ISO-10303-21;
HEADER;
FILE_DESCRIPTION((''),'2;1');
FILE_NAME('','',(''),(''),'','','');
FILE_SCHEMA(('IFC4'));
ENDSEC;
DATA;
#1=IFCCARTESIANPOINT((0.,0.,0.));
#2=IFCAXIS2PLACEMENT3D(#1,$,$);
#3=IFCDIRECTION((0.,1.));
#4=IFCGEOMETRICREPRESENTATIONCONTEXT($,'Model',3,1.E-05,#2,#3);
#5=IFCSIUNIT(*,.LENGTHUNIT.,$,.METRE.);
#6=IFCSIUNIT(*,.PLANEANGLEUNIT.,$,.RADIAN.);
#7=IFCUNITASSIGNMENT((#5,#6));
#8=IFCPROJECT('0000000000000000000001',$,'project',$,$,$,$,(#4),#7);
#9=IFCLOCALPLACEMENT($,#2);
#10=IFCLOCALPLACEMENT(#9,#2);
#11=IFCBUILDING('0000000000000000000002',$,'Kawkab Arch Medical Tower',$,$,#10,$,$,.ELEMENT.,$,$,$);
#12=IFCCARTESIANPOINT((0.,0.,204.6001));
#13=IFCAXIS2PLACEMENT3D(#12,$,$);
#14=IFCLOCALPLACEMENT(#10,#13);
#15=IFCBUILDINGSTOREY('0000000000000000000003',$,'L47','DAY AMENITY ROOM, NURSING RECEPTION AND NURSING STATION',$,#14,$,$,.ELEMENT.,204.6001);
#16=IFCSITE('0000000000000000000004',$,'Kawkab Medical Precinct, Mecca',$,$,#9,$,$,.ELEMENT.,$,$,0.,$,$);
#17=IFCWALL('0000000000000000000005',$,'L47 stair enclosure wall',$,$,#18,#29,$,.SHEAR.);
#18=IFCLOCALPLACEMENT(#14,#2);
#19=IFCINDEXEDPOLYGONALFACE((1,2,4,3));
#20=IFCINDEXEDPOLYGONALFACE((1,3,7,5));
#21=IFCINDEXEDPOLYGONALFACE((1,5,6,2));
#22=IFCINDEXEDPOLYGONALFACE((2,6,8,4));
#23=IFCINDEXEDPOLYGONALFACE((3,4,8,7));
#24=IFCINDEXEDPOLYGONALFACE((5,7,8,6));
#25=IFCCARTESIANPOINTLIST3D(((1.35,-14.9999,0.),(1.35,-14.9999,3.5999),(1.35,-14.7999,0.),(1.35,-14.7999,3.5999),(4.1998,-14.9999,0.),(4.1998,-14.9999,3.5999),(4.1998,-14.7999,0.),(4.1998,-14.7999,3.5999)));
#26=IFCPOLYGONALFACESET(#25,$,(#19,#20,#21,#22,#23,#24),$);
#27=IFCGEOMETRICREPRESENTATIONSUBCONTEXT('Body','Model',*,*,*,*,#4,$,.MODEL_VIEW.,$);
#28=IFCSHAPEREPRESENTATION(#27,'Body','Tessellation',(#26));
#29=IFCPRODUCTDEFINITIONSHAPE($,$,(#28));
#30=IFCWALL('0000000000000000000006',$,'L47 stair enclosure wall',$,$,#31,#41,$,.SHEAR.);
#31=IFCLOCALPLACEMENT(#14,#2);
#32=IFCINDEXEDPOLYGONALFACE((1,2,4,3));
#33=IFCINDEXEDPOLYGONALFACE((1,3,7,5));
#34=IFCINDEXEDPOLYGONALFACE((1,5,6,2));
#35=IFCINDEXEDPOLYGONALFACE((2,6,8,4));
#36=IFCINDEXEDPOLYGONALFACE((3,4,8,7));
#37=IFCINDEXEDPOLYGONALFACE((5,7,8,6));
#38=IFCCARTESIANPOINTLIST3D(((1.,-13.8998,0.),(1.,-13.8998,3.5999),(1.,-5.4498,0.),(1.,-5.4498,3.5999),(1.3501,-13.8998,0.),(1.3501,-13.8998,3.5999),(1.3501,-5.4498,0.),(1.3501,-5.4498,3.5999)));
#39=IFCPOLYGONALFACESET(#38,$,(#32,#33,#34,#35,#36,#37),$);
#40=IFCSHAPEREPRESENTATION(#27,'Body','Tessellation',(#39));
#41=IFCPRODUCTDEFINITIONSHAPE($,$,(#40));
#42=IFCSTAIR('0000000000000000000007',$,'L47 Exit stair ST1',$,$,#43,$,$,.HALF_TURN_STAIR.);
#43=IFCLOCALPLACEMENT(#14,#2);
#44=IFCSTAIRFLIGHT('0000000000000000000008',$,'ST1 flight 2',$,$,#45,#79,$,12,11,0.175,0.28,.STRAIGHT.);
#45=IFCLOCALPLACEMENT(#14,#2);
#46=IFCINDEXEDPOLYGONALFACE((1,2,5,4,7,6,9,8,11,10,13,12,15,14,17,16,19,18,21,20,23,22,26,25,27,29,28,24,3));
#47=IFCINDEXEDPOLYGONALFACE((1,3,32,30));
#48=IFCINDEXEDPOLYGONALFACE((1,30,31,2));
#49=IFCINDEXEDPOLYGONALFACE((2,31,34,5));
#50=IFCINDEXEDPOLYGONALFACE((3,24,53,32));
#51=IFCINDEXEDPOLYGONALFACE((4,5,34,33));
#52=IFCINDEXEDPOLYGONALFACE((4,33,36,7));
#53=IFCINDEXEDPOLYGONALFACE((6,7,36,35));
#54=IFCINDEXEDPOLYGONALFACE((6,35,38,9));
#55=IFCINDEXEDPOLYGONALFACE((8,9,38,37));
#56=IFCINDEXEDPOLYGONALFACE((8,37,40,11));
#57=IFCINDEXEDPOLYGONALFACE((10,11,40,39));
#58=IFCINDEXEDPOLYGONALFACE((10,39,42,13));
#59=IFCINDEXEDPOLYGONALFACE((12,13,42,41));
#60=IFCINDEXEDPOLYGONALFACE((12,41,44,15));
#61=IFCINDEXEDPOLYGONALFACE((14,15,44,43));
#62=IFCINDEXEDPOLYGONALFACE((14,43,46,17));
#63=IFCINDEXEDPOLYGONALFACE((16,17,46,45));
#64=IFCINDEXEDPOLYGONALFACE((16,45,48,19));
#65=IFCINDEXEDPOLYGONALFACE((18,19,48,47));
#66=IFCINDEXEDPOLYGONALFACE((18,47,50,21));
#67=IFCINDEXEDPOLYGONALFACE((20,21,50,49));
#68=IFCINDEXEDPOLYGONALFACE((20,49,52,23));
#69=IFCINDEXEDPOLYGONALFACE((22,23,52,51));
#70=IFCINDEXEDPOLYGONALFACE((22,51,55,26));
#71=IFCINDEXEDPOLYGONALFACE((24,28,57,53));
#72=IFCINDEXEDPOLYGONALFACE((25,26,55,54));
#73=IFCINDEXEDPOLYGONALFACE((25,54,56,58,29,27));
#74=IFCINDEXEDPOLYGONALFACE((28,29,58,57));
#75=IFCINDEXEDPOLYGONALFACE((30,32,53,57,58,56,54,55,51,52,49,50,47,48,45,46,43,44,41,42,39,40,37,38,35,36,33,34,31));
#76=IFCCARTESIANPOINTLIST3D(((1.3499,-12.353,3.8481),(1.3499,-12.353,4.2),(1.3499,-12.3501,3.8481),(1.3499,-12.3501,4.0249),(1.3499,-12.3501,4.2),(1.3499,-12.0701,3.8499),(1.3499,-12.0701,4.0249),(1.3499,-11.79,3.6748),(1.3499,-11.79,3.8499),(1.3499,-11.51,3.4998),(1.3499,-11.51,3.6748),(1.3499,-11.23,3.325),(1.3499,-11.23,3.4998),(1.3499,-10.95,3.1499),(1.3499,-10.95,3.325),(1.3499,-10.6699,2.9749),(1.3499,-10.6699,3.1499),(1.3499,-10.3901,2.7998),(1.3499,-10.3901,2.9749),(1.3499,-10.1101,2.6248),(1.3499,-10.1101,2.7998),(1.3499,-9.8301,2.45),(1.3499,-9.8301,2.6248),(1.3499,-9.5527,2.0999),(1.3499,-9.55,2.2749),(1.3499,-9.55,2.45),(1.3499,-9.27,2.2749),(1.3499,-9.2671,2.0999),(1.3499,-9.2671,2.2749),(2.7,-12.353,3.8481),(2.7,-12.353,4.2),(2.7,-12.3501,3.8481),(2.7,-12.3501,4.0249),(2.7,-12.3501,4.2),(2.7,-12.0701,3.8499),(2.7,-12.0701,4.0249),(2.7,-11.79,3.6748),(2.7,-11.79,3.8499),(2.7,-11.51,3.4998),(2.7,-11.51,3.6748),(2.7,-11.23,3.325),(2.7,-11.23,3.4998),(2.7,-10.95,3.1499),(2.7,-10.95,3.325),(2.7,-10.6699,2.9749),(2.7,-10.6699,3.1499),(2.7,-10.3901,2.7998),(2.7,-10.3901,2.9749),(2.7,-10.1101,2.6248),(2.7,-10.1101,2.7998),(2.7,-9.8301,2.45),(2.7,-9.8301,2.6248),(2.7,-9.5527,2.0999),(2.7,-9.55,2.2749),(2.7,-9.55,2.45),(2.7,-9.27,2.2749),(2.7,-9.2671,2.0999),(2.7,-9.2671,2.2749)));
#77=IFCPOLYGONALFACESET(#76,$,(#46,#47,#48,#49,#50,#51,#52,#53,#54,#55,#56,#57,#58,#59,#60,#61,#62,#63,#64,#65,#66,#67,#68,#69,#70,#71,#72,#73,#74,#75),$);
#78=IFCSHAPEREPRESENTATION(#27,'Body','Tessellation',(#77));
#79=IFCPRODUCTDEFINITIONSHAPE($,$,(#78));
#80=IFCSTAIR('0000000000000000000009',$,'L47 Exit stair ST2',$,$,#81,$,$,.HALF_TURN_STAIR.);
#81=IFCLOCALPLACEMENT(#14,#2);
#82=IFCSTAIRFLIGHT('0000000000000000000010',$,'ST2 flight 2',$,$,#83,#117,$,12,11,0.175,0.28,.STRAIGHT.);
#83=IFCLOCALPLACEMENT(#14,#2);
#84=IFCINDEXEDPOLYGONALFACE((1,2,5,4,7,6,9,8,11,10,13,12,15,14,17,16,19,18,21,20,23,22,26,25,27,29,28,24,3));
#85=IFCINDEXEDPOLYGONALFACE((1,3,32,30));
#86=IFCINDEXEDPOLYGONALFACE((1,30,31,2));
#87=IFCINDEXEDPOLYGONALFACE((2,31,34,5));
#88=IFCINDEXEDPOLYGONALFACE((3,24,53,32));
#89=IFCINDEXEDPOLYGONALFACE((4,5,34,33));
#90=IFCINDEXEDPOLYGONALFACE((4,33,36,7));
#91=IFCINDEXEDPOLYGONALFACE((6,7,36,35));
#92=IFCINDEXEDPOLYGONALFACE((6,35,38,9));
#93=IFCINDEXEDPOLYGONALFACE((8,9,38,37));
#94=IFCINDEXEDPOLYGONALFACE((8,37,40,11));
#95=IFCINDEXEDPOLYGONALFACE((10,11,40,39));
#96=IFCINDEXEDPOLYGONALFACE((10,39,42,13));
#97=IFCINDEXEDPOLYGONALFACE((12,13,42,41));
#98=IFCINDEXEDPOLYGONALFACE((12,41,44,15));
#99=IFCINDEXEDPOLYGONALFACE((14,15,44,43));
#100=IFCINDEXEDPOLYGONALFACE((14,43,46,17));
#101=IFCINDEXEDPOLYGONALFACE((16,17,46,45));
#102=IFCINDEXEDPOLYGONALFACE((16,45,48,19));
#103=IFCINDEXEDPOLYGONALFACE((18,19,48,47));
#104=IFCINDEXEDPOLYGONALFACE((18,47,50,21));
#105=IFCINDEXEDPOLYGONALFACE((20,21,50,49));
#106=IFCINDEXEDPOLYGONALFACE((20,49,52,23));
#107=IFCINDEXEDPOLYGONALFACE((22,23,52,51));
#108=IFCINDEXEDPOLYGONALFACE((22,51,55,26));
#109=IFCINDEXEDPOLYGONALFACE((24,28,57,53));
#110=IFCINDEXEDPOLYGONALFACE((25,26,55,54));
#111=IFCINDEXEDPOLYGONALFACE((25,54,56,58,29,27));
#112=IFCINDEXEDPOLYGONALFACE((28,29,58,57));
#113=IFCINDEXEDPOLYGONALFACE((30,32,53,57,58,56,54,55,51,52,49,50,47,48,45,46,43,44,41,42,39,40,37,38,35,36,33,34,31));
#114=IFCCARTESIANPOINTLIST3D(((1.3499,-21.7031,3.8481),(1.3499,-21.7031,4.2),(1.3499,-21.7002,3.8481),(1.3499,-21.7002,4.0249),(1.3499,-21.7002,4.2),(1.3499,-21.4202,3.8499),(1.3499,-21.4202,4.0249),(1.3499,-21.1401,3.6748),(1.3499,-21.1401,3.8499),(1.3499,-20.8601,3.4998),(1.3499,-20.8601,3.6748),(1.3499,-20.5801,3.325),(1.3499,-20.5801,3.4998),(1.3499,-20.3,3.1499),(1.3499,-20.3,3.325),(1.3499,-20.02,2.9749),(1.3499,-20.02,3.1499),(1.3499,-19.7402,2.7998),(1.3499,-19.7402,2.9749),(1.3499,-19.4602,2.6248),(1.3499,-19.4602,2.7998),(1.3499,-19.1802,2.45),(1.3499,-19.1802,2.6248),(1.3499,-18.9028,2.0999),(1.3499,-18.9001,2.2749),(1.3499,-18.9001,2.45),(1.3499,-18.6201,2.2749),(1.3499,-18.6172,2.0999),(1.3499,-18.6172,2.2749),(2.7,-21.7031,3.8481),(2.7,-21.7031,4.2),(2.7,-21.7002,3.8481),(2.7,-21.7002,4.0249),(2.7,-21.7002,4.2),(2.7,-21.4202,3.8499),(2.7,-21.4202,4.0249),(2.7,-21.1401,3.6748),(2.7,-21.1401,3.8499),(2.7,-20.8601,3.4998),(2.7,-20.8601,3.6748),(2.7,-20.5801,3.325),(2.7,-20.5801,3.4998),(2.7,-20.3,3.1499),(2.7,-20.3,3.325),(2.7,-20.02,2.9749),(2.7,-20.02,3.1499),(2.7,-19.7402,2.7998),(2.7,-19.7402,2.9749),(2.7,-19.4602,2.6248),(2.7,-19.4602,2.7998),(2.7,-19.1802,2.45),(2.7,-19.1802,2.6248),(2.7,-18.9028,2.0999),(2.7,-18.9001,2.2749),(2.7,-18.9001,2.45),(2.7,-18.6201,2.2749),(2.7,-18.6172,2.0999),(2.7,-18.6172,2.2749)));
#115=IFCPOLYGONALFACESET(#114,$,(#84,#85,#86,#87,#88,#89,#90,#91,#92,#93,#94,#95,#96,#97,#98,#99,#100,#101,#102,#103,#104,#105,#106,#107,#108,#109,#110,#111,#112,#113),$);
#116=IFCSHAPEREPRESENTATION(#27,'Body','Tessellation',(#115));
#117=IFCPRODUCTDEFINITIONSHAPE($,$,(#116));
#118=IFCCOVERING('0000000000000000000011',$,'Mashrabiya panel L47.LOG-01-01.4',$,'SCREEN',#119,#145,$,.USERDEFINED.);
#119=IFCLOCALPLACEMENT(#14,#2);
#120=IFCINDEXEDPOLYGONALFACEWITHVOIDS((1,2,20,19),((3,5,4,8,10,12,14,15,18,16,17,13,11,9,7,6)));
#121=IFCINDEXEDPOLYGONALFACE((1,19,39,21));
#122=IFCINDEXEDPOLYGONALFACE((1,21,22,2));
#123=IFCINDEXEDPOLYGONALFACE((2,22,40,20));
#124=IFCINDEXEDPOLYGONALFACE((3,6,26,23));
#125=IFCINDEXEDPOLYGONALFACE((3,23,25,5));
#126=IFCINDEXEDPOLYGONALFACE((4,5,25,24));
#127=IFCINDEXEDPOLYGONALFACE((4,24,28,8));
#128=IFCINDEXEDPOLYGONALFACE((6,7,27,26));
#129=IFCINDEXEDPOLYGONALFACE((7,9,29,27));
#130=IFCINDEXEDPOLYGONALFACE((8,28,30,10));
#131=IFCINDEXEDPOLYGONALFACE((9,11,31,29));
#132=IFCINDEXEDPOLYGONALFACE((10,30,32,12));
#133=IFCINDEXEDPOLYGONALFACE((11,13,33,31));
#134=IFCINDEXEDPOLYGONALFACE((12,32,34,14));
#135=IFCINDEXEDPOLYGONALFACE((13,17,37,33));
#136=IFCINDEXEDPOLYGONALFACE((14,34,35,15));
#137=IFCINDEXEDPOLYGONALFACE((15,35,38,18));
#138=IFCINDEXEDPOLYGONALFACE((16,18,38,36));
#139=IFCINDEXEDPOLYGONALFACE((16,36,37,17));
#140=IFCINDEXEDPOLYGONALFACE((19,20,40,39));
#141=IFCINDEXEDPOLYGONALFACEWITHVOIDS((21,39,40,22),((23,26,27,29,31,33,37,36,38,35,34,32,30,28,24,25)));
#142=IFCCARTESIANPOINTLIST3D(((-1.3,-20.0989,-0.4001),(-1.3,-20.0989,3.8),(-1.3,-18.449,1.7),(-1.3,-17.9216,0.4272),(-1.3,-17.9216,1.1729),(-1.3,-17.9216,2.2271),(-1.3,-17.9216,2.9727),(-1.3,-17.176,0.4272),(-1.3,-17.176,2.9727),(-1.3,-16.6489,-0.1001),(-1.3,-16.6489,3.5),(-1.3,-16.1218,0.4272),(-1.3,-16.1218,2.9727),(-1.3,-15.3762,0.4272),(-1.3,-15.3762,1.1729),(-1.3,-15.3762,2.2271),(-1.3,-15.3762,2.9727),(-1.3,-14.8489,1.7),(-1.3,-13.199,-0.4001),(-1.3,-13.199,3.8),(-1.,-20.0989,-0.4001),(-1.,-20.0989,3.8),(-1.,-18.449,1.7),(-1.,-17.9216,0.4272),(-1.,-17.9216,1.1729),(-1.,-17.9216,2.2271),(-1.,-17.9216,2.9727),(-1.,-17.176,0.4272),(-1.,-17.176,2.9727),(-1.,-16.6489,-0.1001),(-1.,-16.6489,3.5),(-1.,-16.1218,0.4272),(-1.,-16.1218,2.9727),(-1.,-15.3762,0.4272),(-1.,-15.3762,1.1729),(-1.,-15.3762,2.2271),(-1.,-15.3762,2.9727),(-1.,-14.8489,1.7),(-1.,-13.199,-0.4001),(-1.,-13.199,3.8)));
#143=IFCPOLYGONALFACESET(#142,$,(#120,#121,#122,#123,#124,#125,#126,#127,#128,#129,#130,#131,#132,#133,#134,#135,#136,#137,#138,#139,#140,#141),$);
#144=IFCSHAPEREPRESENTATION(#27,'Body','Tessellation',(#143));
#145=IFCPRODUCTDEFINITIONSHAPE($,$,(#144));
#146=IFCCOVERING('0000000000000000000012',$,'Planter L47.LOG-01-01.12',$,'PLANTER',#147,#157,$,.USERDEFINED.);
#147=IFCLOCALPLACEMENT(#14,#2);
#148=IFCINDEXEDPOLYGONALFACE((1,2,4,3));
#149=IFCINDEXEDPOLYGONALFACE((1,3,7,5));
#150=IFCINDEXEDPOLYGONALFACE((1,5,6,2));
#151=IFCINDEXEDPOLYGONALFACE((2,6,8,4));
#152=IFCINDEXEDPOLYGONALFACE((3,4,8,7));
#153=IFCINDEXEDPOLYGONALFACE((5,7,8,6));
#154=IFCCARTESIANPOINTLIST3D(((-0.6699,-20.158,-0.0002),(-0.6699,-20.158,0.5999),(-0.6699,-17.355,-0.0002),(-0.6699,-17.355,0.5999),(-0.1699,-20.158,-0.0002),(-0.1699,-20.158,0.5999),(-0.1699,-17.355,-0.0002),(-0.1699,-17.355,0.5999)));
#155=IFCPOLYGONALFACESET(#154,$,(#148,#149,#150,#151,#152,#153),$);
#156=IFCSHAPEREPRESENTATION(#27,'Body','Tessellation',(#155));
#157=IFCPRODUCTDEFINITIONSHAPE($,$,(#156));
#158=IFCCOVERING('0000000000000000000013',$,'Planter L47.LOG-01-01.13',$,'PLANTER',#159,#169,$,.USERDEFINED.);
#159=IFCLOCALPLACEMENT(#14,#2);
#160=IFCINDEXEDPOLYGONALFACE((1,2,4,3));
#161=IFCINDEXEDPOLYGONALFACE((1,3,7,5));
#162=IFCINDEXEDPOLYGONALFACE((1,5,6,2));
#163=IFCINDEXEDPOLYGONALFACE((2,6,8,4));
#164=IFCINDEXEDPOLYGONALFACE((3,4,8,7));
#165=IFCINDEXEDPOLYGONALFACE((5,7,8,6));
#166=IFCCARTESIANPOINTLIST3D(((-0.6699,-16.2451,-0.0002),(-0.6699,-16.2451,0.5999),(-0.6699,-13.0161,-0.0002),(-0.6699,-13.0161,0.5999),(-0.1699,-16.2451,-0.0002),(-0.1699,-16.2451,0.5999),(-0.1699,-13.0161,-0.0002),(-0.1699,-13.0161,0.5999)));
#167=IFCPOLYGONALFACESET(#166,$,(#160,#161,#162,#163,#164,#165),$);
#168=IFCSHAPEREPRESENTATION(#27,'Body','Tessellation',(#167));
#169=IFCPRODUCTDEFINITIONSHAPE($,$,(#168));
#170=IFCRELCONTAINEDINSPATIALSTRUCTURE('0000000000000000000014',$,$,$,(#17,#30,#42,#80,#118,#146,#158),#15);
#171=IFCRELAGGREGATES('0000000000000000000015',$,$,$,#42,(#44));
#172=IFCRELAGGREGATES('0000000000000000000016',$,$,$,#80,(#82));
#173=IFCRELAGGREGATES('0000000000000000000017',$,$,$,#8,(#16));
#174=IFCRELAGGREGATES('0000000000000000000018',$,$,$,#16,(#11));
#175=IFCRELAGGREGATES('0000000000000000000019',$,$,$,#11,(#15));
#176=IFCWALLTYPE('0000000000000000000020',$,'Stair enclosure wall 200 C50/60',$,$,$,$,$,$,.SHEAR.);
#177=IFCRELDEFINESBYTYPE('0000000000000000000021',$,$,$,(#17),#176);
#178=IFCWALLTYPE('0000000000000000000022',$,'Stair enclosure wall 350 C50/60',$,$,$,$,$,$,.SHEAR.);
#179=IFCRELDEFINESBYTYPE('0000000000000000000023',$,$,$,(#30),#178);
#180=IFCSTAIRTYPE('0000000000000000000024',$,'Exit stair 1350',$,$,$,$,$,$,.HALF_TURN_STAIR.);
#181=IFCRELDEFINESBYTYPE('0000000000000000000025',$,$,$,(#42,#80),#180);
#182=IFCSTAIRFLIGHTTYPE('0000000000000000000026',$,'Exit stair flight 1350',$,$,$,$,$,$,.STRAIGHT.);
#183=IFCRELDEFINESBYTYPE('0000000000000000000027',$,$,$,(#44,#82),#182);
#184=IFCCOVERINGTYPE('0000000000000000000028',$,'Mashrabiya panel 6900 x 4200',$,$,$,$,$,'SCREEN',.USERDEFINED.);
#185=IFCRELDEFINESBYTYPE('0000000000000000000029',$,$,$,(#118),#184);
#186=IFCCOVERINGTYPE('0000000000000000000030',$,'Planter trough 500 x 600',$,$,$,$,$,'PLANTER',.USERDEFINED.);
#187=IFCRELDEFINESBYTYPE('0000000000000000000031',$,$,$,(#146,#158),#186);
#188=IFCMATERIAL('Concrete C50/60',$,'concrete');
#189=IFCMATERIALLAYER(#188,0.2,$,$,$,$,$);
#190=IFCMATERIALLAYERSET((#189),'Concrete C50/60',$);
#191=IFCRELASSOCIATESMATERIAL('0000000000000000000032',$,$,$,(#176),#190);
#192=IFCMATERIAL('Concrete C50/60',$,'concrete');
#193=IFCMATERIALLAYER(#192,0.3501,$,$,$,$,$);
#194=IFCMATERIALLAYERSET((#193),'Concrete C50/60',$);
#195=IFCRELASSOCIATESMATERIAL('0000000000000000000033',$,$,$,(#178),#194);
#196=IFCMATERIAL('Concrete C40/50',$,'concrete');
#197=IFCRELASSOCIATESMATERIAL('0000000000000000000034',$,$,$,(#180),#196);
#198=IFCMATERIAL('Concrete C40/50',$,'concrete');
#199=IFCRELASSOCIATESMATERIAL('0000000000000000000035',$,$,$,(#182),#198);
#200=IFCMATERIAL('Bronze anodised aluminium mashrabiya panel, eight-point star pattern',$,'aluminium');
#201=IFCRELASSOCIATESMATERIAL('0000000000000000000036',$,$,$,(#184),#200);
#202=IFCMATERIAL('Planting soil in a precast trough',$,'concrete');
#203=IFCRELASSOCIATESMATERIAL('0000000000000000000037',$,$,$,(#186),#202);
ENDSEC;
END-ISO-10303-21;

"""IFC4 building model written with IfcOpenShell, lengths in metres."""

from ifc_helpers import new_model, si_unit, direction, frame, frame_2d, origin, origin_2d, place, context, subcontext, project, spatial, polyline, rectangle, outline, extrude, material, layer, layer_set, material_profile, profile_set, type_object, element, aggregate, save


model = new_model("IFC4")

# Units and contexts
model_context = context("Model", 3, precision=1e-05, world=origin(), true_north=direction((0.0, 1.0)))
body_context = subcontext(model_context, "Body", "Model", "MODEL_VIEW")
ifc_project = project(units=[si_unit("LENGTHUNIT", "METRE"), si_unit("PLANEANGLEUNIT", "RADIAN")], contexts=[model_context])

# Site, building, storey
site_placement = place(None, origin())
site = spatial("IfcSite", under=ifc_project, at=site_placement, Name="Kawkab Medical Precinct, Mecca", CompositionType="ELEMENT", RefElevation=0.0)
building_placement = place(site_placement, origin())
building = spatial("IfcBuilding", under=site, at=building_placement, Name="Kawkab Arch Medical Tower", CompositionType="ELEMENT")
storey_placement = place(building_placement, frame((0.0, 0.0, 204.6001)))
storey = spatial("IfcBuildingStorey", under=building, at=storey_placement, Name="L47", Description="DAY AMENITY ROOM, NURSING RECEPTION AND NURSING STATION", CompositionType="ELEMENT", Elevation=204.6001)

# Shared definitions
placement = place(storey_placement, origin())

# Walls
ifc_material_1 = material(Name="Concrete C50/60", Category="concrete")
ifc_layer_1 = layer(ifc_material_1, 0.2)
ifc_layer_set_1 = layer_set([ifc_layer_1], Name="Concrete C50/60")
wall_type_1 = type_object("IfcWallType", Name="Stair enclosure wall 200 C50/60", PredefinedType="SHEAR", material=ifc_layer_set_1)
for number, where, z_axis, x_axis, name in (
    (1, (1.3501, -14.8999, 0.0), (0.0, 0.0, 1.0), (1.0, 0.0, 0.0), "L47 stair enclosure wall"),
):
    element("IfcWall", number, at=place(storey_placement, frame(where, z_axis=z_axis, x_axis=x_axis)), inside=storey, type_object=wall_type_1, Name=name, PredefinedType="SHEAR", context=body_context, shape_type="SweptSolid", body=[
        extrude(rectangle(XDim=2.8499, YDim=0.2, at=frame_2d((1.4248, 0.0))), origin(), (0.0, 0.0, 1.0), 3.5999),
    ])
ifc_material_2 = material(Name="Concrete C50/60", Category="concrete")
ifc_layer_2 = layer(ifc_material_2, 0.3501)
ifc_layer_set_2 = layer_set([ifc_layer_2], Name="Concrete C50/60")
wall_type_2 = type_object("IfcWallType", Name="Stair enclosure wall 350 C50/60", PredefinedType="SHEAR", material=ifc_layer_set_2)
wall_1_placement = place(storey_placement, frame((1.175, -13.8999, 0.0), z_axis=(0.0, 0.0, 1.0), x_axis=(0.0, 1.0, 0.0)))
element("IfcWall", 2, at=wall_1_placement, inside=storey, type_object=wall_type_2, Name="L47 stair enclosure wall", PredefinedType="SHEAR", context=body_context, shape_type="SweptSolid", body=[
    extrude(rectangle(XDim=8.45, YDim=0.3501, at=frame_2d((4.2251, 0.0))), origin(), (0.0, 0.0, 1.0), 3.5999),
])

# Stairs, stair flights
ifc_material_3 = material(Name="Concrete C40/50", Category="concrete")
stair_type = type_object("IfcStairType", Name="Exit stair 1350", PredefinedType="HALF_TURN_STAIR", material=ifc_material_3)
stair_1 = element("IfcStair", 3, at=placement, inside=storey, type_object=stair_type, Name="L47 Exit stair ST1", PredefinedType="HALF_TURN_STAIR")
ifc_material_4 = material(Name="Concrete C40/50", Category="concrete")
stair_flight_type = type_object("IfcStairFlightType", Name="Exit stair flight 1350", PredefinedType="STRAIGHT", material=ifc_material_4)
stair_flight_1_placement = place(storey_placement, frame((2.0249, -9.27, 2.0999), z_axis=(0.0, 0.0, 1.0), x_axis=(0.0, -1.0, 0.0)))
stair_flight_1 = element("IfcStairFlight", 4, at=stair_flight_1_placement, type_object=stair_flight_type, Name="ST1 flight 2", NumberOfRisers=12, NumberOfTreads=11, PredefinedType="STRAIGHT", RiserHeight=0.175, TreadLength=0.28, context=body_context, shape_type="SweptSolid", body=[
    extrude(outline(polyline([(-0.0029, 0.0), (-0.0029, 0.175), (0.0, 0.175), (0.28, 0.175), (0.28, 0.3501), (0.5601, 0.3501), (0.5601, 0.5249), (0.8401, 0.5249), (0.8401, 0.7), (1.1201, 0.7), (1.1201, 0.875), (1.3999, 0.875), (1.3999, 1.05), (1.6799, 1.05), (1.6799, 1.2251), (1.96, 1.2251), (1.96, 1.3999), (2.24, 1.3999), (2.24, 1.575), (2.52, 1.575), (2.52, 1.75), (2.8, 1.75), (2.8, 1.925), (3.0801, 1.925), (3.0801, 2.1001), (3.083, 2.1001), (3.083, 1.7483), (3.0801, 1.7483), (0.2827, 0.0), (-0.0029, 0.0)])), frame((0.0, 0.675, 0.0), z_axis=(0.0, -1.0, 0.0), x_axis=(1.0, 0.0, 0.0)), (0.0, 0.0, 1.0), 1.3501),
])
aggregate(stair_1, [stair_flight_1])
stair_2 = element("IfcStair", 5, at=placement, inside=storey, type_object=stair_type, Name="L47 Exit stair ST2", PredefinedType="HALF_TURN_STAIR")
stair_flight_2_placement = place(storey_placement, frame((2.0249, -18.6201, 2.0999), z_axis=(0.0, 0.0, 1.0), x_axis=(0.0, -1.0, 0.0)))
stair_flight_2 = element("IfcStairFlight", 6, at=stair_flight_2_placement, type_object=stair_flight_type, Name="ST2 flight 2", NumberOfRisers=12, NumberOfTreads=11, PredefinedType="STRAIGHT", RiserHeight=0.175, TreadLength=0.28, context=body_context, shape_type="SweptSolid", body=[
    extrude(outline(polyline([(-0.0029, 0.0), (-0.0029, 0.175), (0.0, 0.175), (0.28, 0.175), (0.28, 0.3501), (0.5601, 0.3501), (0.5601, 0.5249), (0.8401, 0.5249), (0.8401, 0.7), (1.1201, 0.7), (1.1201, 0.875), (1.3999, 0.875), (1.3999, 1.05), (1.6799, 1.05), (1.6799, 1.2251), (1.96, 1.2251), (1.96, 1.3999), (2.24, 1.3999), (2.24, 1.575), (2.52, 1.575), (2.52, 1.75), (2.8, 1.75), (2.8, 1.925), (3.0801, 1.925), (3.0801, 2.1001), (3.083, 2.1001), (3.083, 1.7483), (3.0801, 1.7483), (0.2827, 0.0), (-0.0029, 0.0)])), frame((0.0, 0.675, 0.0), z_axis=(0.0, -1.0, 0.0), x_axis=(1.0, 0.0, 0.0)), (0.0, 0.0, 1.0), 1.3501),
])
aggregate(stair_2, [stair_flight_2])

# Coverings
ifc_material_5 = material(Name="Bronze anodised aluminium mashrabiya panel, eight-point star pattern", Category="aluminium")
ifc_material_profile_1 = material_profile(ifc_material_5, outline(polyline([(-3.45, -2.1001), (3.45, -2.1001), (3.45, 2.1001), (-3.45, 2.1001), (-3.45, -2.1001)]), holes=[polyline([(1.8, 0.0), (1.2727, 0.5271), (1.2727, 1.2727), (0.5271, 1.2727), (0.0, 1.8), (-0.5271, 1.2727), (-1.2727, 1.2727), (-1.2727, 0.5271), (-1.8, 0.0), (-1.2727, -0.5271), (-1.2727, -1.2727), (-0.5271, -1.2727), (0.0, -1.8), (0.5271, -1.2727), (1.2727, -1.2727), (1.2727, -0.5271), (1.8, 0.0)])]), Name="Mashrabiya panel 6900x4200")
ifc_profile_set_1 = profile_set([ifc_material_profile_1], Name="Bronze anodised aluminium mashrabiya panel, eight-point star pattern")
covering_type_1 = type_object("IfcCoveringType", Name="Mashrabiya panel 6900 x 4200", ElementType="SCREEN", PredefinedType="USERDEFINED", material=ifc_profile_set_1)
covering_1_placement = place(storey_placement, frame((-1.0, -16.6489, 1.7), z_axis=(-1.0, 0.0, 0.0), x_axis=(0.0, -1.0, 0.0)))
element("IfcCovering", 7, at=covering_1_placement, inside=storey, type_object=covering_type_1, Name="Mashrabiya panel L47.LOG-01-01.4", ObjectType="SCREEN", PredefinedType="USERDEFINED", context=body_context, shape_type="SweptSolid", body=[
    extrude(outline(polyline([(-3.45, -2.1001), (3.45, -2.1001), (3.45, 2.1001), (-3.45, 2.1001), (-3.45, -2.1001)]), holes=[polyline([(1.8, 0.0), (1.2727, 0.5271), (1.2727, 1.2727), (0.5271, 1.2727), (0.0, 1.8), (-0.5271, 1.2727), (-1.2727, 1.2727), (-1.2727, 0.5271), (-1.8, 0.0), (-1.2727, -0.5271), (-1.2727, -1.2727), (-0.5271, -1.2727), (0.0, -1.8), (0.5271, -1.2727), (1.2727, -1.2727), (1.2727, -0.5271), (1.8, 0.0)])]), origin(), (0.0, 0.0, 1.0), 0.3),
])
ifc_material_6 = material(Name="Planting soil in a precast trough", Category="concrete")
ifc_material_profile_2 = material_profile(ifc_material_6, rectangle(XDim=0.5, YDim=0.6001, at=origin_2d()), Name="Trough 500x600")
ifc_profile_set_2 = profile_set([ifc_material_profile_2], Name="Planting soil in a precast trough")
covering_type_2 = type_object("IfcCoveringType", Name="Planter trough 500 x 600", ElementType="PLANTER", PredefinedType="USERDEFINED", material=ifc_profile_set_2)
covering_2_placement = place(storey_placement, frame((-0.4199, -20.158, 0.2998), z_axis=(0.0, 1.0, 0.0), x_axis=(-1.0, 0.0, 0.0)))
element("IfcCovering", 8, at=covering_2_placement, inside=storey, type_object=covering_type_2, Name="Planter L47.LOG-01-01.12", ObjectType="PLANTER", PredefinedType="USERDEFINED", context=body_context, shape_type="SweptSolid", body=[
    extrude(rectangle(XDim=0.5, YDim=0.6001, at=origin_2d()), origin(), (0.0, 0.0, 1.0), 2.803),
])
covering_3_placement = place(storey_placement, frame((-0.4199, -16.2451, 0.2998), z_axis=(0.0, 1.0, 0.0), x_axis=(-1.0, 0.0, 0.0)))
element("IfcCovering", 9, at=covering_3_placement, inside=storey, type_object=covering_type_2, Name="Planter L47.LOG-01-01.13", ObjectType="PLANTER", PredefinedType="USERDEFINED", context=body_context, shape_type="SweptSolid", body=[
    extrude(rectangle(XDim=0.5, YDim=0.6001, at=origin_2d()), origin(), (0.0, 0.0, 1.0), 3.229),
])

save(model, "model.ifc")
